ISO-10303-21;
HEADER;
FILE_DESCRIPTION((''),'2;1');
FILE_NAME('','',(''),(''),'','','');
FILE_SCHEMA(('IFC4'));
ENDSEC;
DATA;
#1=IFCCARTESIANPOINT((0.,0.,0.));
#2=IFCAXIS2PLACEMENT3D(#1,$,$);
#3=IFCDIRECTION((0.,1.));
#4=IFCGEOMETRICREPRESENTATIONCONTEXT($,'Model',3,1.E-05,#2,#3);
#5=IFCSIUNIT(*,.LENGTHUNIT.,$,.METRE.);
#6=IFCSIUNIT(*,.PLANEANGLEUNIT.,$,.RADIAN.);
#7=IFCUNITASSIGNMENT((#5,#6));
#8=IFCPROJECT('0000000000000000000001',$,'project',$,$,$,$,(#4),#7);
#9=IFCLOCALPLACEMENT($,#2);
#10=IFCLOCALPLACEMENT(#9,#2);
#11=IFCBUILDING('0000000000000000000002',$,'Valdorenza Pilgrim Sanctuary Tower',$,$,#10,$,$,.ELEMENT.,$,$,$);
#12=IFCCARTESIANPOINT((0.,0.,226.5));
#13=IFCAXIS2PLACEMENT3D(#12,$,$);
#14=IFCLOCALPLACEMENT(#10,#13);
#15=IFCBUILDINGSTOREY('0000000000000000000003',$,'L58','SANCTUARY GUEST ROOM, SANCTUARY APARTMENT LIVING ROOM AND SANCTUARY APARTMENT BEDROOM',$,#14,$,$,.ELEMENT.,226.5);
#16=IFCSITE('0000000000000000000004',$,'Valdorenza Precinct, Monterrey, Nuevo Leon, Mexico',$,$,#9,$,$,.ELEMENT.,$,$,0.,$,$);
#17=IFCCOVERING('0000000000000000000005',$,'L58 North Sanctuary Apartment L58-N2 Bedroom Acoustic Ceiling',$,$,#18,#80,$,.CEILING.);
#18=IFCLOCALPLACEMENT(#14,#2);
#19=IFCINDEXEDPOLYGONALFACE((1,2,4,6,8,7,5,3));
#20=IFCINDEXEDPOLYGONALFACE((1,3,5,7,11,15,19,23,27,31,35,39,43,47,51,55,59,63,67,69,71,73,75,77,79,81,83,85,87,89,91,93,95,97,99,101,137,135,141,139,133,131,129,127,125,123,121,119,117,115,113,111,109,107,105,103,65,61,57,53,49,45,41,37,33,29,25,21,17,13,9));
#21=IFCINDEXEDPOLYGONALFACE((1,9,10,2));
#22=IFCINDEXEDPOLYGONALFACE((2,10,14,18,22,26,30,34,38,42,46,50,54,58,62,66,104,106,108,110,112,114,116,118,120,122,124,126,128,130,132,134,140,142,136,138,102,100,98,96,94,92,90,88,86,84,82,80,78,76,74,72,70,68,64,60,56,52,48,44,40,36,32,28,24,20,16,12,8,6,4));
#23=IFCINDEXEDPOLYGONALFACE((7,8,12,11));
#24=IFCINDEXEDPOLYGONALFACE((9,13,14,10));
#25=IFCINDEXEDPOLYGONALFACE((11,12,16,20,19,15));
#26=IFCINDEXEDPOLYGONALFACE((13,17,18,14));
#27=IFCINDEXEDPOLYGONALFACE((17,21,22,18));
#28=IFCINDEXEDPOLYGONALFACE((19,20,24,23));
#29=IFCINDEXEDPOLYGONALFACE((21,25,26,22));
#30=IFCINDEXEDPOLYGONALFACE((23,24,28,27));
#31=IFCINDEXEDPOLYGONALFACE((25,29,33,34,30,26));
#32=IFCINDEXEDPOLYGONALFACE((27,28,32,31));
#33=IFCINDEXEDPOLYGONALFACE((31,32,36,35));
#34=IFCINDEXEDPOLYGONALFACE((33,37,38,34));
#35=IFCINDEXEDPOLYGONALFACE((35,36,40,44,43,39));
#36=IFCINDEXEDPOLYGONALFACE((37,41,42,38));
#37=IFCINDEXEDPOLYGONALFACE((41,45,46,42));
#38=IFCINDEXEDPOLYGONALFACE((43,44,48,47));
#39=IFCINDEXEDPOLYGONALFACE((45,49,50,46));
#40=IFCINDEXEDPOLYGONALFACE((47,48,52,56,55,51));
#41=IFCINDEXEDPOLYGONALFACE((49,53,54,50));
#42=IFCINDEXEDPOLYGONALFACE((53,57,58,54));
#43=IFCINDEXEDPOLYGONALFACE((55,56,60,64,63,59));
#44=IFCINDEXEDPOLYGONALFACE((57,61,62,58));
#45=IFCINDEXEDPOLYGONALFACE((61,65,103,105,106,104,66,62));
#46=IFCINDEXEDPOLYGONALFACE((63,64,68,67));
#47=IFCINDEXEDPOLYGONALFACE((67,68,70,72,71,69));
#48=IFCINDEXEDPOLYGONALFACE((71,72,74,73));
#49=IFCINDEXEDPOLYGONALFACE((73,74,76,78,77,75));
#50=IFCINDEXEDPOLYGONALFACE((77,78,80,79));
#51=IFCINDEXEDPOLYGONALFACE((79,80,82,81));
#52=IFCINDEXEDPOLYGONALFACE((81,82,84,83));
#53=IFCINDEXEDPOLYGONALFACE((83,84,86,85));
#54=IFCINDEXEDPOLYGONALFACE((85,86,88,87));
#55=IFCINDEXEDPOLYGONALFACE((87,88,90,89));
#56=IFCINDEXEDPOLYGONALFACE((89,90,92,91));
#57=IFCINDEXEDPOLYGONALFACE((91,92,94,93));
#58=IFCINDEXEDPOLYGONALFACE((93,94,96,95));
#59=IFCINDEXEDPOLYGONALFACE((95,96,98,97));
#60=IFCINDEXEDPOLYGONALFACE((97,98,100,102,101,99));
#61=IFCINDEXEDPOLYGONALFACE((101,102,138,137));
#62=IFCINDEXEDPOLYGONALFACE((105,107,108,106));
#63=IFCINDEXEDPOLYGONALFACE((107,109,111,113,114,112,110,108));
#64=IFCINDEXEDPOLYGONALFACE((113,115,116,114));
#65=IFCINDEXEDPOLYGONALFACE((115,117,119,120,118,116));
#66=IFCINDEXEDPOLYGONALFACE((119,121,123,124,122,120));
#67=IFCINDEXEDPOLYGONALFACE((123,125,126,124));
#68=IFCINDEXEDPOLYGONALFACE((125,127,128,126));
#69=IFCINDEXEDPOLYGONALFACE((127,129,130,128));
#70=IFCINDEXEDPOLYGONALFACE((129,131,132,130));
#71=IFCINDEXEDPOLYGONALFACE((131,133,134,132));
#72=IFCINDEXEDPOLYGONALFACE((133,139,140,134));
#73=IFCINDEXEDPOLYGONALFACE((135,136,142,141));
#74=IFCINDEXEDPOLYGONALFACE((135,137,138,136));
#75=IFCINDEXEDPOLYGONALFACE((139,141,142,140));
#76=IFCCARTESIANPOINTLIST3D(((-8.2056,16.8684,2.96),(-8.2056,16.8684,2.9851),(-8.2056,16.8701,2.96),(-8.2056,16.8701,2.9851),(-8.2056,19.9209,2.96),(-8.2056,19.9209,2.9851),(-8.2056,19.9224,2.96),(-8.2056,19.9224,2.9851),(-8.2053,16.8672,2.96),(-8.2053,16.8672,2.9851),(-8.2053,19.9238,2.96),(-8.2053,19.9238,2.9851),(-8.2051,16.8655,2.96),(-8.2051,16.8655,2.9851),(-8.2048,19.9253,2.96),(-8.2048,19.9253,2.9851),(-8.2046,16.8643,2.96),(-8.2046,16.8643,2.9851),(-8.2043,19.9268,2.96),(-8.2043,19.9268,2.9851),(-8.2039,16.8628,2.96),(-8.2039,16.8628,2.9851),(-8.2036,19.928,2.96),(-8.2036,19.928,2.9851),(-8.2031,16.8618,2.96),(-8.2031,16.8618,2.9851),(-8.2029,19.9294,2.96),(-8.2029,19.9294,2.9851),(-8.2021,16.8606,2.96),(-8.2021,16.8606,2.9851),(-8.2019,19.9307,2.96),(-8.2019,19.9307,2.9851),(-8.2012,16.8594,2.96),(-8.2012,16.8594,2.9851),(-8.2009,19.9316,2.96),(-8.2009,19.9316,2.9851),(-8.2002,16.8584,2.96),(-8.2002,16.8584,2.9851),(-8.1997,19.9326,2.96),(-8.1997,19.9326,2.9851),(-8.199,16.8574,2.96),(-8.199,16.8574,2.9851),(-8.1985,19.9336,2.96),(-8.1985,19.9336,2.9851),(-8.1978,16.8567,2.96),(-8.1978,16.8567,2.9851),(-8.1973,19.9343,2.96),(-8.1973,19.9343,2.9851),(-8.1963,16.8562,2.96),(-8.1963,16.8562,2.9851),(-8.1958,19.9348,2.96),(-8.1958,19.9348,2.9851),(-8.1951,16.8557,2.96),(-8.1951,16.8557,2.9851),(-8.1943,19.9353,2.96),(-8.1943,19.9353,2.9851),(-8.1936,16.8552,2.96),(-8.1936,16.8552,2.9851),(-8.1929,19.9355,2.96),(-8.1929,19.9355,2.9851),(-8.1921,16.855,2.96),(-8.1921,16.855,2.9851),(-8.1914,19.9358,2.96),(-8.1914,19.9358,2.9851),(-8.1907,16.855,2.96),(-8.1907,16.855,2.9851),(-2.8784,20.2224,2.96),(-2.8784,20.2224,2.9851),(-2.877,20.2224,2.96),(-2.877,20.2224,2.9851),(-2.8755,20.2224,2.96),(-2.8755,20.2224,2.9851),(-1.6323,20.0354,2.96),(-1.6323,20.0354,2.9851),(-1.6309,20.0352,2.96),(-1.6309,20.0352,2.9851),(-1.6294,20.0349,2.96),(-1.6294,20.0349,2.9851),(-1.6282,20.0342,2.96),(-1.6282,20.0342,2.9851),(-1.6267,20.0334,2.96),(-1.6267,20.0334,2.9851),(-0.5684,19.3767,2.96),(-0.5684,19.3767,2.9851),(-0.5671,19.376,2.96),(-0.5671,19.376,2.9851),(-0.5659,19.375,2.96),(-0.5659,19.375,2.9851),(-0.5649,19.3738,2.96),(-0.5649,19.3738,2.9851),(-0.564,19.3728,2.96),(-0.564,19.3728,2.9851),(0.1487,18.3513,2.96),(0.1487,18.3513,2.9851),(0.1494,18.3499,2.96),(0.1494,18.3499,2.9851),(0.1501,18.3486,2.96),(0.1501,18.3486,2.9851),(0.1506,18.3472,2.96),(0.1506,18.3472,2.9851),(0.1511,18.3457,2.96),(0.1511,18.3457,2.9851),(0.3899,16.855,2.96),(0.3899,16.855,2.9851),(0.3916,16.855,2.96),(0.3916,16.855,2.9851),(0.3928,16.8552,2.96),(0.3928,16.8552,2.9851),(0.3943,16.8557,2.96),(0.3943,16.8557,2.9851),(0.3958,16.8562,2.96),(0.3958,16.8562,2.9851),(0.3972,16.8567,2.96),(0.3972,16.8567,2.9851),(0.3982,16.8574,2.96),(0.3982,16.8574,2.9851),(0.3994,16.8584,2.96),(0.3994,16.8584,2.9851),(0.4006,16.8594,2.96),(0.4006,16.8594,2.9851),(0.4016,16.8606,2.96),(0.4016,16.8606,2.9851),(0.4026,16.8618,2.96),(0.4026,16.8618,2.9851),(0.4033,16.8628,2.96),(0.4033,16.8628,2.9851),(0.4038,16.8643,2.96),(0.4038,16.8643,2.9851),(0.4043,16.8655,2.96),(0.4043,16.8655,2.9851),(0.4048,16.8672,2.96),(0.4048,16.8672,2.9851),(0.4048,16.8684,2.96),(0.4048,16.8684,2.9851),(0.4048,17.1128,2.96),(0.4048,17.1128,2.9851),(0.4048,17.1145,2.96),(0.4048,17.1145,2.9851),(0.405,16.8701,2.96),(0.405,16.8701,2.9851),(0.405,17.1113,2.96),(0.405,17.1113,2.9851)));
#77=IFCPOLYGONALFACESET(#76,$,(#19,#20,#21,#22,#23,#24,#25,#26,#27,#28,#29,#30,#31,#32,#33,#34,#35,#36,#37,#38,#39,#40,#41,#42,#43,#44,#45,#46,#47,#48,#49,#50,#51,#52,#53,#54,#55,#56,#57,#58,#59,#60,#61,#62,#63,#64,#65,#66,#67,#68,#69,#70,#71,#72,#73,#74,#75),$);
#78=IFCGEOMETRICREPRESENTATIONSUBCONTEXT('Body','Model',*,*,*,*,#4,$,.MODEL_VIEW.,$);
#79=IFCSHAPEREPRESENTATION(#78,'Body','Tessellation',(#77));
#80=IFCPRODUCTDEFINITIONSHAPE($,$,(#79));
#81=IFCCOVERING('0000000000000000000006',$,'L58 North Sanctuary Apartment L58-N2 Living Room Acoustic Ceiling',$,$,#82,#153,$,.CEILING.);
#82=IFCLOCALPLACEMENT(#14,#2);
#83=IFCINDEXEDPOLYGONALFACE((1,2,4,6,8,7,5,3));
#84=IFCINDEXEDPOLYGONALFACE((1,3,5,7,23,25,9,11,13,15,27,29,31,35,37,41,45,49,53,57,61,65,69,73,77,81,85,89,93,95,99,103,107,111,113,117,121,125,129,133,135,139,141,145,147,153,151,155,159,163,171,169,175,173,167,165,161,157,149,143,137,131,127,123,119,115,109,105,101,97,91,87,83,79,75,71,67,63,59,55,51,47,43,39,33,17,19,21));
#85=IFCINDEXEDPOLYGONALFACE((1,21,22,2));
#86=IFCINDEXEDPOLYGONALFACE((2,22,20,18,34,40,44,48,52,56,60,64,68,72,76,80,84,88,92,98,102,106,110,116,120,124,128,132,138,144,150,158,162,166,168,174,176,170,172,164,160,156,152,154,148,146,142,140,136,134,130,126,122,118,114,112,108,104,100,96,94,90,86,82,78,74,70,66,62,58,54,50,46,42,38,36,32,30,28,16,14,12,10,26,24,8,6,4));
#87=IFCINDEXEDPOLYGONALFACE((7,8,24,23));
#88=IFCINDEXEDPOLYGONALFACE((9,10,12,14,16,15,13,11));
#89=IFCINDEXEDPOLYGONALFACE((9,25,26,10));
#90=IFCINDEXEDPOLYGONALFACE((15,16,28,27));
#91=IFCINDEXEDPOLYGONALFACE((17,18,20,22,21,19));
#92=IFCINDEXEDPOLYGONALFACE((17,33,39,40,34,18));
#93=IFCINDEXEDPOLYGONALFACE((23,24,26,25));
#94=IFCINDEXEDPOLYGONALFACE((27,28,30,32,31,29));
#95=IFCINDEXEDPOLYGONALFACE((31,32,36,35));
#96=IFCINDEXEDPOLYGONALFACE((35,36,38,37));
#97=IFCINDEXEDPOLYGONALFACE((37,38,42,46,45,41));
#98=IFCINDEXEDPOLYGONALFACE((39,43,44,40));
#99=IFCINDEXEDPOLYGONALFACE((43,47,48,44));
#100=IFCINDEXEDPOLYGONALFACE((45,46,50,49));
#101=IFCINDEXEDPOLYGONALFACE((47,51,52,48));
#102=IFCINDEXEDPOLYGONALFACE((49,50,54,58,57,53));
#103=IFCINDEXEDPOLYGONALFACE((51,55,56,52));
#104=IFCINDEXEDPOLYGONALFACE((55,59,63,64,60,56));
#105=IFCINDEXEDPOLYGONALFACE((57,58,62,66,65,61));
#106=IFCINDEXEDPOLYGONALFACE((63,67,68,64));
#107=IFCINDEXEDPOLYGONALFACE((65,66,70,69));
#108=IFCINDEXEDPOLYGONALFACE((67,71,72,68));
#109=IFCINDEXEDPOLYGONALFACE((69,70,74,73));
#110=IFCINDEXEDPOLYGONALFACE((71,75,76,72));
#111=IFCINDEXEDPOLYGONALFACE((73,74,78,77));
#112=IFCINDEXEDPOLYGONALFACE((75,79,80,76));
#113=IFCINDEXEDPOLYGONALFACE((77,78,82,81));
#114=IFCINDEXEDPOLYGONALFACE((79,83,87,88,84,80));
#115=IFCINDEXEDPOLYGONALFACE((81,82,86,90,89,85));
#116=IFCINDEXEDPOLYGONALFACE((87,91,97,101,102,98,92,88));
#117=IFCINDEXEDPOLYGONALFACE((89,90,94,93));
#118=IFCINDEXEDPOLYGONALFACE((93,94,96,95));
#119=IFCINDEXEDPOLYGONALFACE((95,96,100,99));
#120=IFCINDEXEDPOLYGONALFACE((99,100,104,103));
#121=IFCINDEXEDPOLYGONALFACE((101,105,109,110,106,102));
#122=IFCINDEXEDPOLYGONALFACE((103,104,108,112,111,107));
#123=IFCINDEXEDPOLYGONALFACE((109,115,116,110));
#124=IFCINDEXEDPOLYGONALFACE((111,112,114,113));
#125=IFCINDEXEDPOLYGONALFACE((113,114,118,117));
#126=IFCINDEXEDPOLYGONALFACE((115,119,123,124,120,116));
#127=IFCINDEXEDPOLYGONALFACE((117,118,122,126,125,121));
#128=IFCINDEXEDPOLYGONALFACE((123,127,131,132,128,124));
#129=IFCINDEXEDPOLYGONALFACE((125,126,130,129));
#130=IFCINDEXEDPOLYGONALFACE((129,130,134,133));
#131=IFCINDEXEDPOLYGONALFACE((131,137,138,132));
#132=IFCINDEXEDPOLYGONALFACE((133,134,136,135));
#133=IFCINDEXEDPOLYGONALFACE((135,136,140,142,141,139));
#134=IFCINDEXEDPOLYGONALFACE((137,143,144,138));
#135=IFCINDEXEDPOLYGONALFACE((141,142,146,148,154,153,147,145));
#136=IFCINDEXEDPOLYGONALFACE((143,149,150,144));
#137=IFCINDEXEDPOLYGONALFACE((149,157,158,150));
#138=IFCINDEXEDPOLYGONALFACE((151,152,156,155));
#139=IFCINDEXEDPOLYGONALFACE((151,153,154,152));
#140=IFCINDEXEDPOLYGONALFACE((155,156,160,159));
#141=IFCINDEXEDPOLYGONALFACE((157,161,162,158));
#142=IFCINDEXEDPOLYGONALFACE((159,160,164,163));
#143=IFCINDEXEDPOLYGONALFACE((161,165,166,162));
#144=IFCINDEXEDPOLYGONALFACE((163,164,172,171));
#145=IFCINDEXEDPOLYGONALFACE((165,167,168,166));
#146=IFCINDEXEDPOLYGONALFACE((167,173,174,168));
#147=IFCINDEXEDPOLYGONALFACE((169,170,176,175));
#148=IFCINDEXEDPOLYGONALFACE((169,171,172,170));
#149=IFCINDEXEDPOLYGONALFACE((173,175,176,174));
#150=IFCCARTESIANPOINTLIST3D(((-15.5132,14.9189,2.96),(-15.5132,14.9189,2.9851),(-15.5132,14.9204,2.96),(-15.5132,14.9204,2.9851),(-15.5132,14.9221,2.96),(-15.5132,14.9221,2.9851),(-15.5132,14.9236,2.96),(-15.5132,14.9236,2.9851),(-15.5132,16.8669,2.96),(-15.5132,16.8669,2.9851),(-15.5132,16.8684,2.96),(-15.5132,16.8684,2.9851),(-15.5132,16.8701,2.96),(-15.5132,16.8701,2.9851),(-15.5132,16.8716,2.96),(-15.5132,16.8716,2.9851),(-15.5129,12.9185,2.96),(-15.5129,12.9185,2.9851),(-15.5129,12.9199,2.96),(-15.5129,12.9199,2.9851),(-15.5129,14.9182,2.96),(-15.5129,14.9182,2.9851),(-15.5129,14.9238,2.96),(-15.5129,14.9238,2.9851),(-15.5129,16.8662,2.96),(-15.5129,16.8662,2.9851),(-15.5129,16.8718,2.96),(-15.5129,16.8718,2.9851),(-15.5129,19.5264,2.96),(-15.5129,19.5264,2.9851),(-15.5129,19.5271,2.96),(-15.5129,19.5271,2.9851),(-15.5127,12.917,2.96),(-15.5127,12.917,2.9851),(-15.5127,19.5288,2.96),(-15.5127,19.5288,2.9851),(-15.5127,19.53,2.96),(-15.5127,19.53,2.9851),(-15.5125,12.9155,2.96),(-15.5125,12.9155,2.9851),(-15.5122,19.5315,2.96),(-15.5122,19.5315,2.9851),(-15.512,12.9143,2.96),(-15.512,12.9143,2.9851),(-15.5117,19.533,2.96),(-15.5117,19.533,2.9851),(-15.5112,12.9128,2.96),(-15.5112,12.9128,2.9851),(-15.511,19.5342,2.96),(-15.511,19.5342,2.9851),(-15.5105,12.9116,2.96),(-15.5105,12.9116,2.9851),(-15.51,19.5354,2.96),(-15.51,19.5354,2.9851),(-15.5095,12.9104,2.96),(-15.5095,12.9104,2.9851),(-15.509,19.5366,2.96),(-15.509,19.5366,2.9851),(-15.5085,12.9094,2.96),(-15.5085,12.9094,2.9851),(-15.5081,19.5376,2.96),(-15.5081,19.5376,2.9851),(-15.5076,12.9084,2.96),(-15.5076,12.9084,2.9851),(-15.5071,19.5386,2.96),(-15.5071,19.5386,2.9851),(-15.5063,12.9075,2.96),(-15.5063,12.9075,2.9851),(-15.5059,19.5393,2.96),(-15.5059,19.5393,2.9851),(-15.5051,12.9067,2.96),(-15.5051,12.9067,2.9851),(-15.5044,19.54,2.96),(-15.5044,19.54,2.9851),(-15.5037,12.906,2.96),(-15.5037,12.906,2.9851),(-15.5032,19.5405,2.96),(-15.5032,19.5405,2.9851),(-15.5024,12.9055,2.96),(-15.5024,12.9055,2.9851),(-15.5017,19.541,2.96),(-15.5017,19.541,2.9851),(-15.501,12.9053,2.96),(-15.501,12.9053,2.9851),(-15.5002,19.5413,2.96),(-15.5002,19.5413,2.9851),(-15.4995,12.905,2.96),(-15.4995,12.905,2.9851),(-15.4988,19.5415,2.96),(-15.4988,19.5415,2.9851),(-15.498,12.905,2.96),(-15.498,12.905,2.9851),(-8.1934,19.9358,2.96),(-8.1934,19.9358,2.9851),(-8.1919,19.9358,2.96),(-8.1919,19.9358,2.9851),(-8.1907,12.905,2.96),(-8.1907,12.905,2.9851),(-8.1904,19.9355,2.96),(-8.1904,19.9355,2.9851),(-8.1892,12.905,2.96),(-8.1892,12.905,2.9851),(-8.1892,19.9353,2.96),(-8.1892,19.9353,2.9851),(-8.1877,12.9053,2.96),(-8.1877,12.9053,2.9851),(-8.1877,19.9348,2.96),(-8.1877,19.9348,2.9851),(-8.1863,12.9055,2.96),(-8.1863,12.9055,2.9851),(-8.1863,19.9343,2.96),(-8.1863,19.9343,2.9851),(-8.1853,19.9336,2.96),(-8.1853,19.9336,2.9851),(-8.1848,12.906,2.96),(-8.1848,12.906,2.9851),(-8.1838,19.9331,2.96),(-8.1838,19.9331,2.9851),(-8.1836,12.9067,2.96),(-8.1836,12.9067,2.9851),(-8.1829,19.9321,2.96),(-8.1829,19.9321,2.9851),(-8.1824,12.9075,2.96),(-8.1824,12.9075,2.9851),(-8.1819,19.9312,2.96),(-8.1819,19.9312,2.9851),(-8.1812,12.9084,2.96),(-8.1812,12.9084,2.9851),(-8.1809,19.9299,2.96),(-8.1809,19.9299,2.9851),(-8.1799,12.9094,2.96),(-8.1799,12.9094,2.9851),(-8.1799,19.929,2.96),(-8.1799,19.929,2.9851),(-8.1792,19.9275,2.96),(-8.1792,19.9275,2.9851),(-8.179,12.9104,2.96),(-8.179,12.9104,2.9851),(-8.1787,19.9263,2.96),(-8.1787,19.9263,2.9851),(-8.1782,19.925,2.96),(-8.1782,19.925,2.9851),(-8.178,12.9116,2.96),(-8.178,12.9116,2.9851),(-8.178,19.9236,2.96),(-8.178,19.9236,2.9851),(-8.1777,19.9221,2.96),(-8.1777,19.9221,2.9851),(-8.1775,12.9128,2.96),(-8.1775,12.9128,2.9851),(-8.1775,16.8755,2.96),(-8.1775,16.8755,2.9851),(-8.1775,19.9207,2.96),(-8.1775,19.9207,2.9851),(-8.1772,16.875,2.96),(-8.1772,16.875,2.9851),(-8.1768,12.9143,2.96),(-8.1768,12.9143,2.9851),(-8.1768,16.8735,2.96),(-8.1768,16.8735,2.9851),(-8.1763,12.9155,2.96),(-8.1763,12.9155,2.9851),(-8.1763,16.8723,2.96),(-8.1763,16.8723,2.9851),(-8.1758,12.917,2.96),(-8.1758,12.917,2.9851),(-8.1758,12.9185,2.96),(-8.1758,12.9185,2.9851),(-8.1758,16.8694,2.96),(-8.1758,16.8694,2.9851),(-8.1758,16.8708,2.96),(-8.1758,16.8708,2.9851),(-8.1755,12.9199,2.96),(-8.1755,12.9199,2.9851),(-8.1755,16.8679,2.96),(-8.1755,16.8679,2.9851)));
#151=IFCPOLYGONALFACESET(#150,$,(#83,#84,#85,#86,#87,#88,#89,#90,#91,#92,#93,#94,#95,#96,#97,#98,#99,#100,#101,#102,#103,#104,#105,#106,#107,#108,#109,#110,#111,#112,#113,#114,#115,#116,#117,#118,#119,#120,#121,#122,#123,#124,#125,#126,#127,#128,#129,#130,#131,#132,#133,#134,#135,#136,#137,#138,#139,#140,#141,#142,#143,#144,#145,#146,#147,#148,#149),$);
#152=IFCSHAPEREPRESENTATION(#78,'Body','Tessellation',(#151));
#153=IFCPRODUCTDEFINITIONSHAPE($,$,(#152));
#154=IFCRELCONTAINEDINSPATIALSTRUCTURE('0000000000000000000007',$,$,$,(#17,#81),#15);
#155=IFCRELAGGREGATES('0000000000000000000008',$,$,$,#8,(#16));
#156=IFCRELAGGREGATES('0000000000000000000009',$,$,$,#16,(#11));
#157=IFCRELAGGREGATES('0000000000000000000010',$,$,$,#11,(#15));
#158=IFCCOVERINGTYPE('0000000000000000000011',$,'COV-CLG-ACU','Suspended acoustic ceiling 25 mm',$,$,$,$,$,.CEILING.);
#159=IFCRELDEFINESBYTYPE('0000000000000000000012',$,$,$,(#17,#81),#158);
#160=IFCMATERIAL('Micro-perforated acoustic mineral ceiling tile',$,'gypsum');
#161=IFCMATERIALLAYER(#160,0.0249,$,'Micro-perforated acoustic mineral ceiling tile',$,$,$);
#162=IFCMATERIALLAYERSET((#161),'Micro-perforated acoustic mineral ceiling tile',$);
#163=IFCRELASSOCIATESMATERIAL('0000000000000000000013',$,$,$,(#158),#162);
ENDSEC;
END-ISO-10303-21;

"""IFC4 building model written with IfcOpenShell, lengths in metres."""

from ifc_helpers import new_model, si_unit, direction, frame, origin, place, context, subcontext, project, spatial, polyline, outline, extrude, material, layer, layer_set, type_object, element, save


model = new_model("IFC4")

# Units and contexts
model_context = context("Model", 3, precision=1e-05, world=origin(), true_north=direction((0.0, 1.0)))
body_context = subcontext(model_context, "Body", "Model", "MODEL_VIEW")
ifc_project = project(units=[si_unit("LENGTHUNIT", "METRE"), si_unit("PLANEANGLEUNIT", "RADIAN")], contexts=[model_context])

# Site, building, storey
site_placement = place(None, origin())
site = spatial("IfcSite", under=ifc_project, at=site_placement, Name="Valdorenza Precinct, Monterrey, Nuevo Leon, Mexico", CompositionType="ELEMENT", RefElevation=0.0)
building_placement = place(site_placement, origin())
building = spatial("IfcBuilding", under=site, at=building_placement, Name="Valdorenza Pilgrim Sanctuary Tower", CompositionType="ELEMENT")
storey_placement = place(building_placement, frame((0.0, 0.0, 226.5)))
storey = spatial("IfcBuildingStorey", under=building, at=storey_placement, Name="L58", Description="SANCTUARY GUEST ROOM, SANCTUARY APARTMENT LIVING ROOM AND SANCTUARY APARTMENT BEDROOM", CompositionType="ELEMENT", Elevation=226.5)

# Coverings
ifc_material_1 = material(Name="Micro-perforated acoustic mineral ceiling tile", Category="gypsum")
ifc_layer_1 = layer(ifc_material_1, 0.0249, Name="Micro-perforated acoustic mineral ceiling tile")
ifc_layer_set_1 = layer_set([ifc_layer_1], Name="Micro-perforated acoustic mineral ceiling tile")
covering_type_1 = type_object("IfcCoveringType", Name="COV-CLG-ACU", Description="Suspended acoustic ceiling 25 mm", PredefinedType="CEILING", material=ifc_layer_set_1)
covering_1_placement = place(storey_placement, frame((0.0, 0.0, 2.96)))
element("IfcCovering", 1, at=covering_1_placement, inside=storey, type_object=covering_type_1, Name="L58 North Sanctuary Apartment L58-N2 Bedroom Acoustic Ceiling", PredefinedType="CEILING", context=body_context, shape_type="SweptSolid", body=[
    extrude(outline(polyline([(-8.2056, 19.9209), (-8.2056, 19.9224), (-8.2053, 19.9238), (-8.2048, 19.9253), (-8.2043, 19.9268), (-8.2036, 19.928), (-8.2029, 19.9294), (-8.2019, 19.9307), (-8.2009, 19.9316), (-8.1997, 19.9326), (-8.1985, 19.9336), (-8.1973, 19.9343), (-8.1958, 19.9348), (-8.1943, 19.9353), (-8.1929, 19.9355), (-8.1914, 19.9358), (-2.8784, 20.2224), (-2.877, 20.2224), (-2.8755, 20.2224), (-1.6323, 20.0354), (-1.6309, 20.0352), (-1.6294, 20.0349), (-1.6282, 20.0342), (-1.6267, 20.0334), (-0.5684, 19.3767), (-0.5671, 19.376), (-0.5659, 19.375), (-0.5649, 19.3738), (-0.564, 19.3728), (0.1487, 18.3513), (0.1494, 18.3499), (0.1501, 18.3486), (0.1506, 18.3472), (0.1511, 18.3457), (0.4048, 17.1145), (0.4048, 17.1128), (0.405, 17.1113), (0.405, 16.8701), (0.4048, 16.8684), (0.4048, 16.8672), (0.4043, 16.8655), (0.4038, 16.8643), (0.4033, 16.8628), (0.4026, 16.8618), (0.4016, 16.8606), (0.4006, 16.8594), (0.3994, 16.8584), (0.3982, 16.8574), (0.3972, 16.8567), (0.3958, 16.8562), (0.3943, 16.8557), (0.3928, 16.8552), (0.3916, 16.855), (0.3899, 16.855), (-8.1907, 16.855), (-8.1921, 16.855), (-8.1936, 16.8552), (-8.1951, 16.8557), (-8.1963, 16.8562), (-8.1978, 16.8567), (-8.199, 16.8574), (-8.2002, 16.8584), (-8.2012, 16.8594), (-8.2021, 16.8606), (-8.2031, 16.8618), (-8.2039, 16.8628), (-8.2046, 16.8643), (-8.2051, 16.8655), (-8.2053, 16.8672), (-8.2056, 16.8684), (-8.2056, 16.8701), (-8.2056, 19.9209)])), origin(), (0.0, 0.0, 1.0), 0.0251),
])
covering_2_placement = place(storey_placement, frame((0.0, 0.0, 2.96)))
element("IfcCovering", 2, at=covering_2_placement, inside=storey, type_object=covering_type_1, Name="L58 North Sanctuary Apartment L58-N2 Living Room Acoustic Ceiling", PredefinedType="CEILING", context=body_context, shape_type="SweptSolid", body=[
    extrude(outline(polyline([(-15.5129, 14.9182), (-15.5132, 14.9189), (-15.5132, 14.9204), (-15.5132, 14.9221), (-15.5132, 14.9236), (-15.5129, 14.9238), (-15.5129, 16.8662), (-15.5132, 16.8669), (-15.5132, 16.8684), (-15.5132, 16.8701), (-15.5132, 16.8716), (-15.5129, 16.8718), (-15.5129, 19.5264), (-15.5129, 19.5264), (-15.5129, 19.5271), (-15.5127, 19.5288), (-15.5127, 19.53), (-15.5122, 19.5315), (-15.5117, 19.533), (-15.511, 19.5342), (-15.51, 19.5354), (-15.509, 19.5366), (-15.5081, 19.5376), (-15.5071, 19.5386), (-15.5059, 19.5393), (-15.5044, 19.54), (-15.5032, 19.5405), (-15.5017, 19.541), (-15.5002, 19.5413), (-15.4988, 19.5415), (-8.1934, 19.9358), (-8.1919, 19.9358), (-8.1904, 19.9355), (-8.1892, 19.9353), (-8.1877, 19.9348), (-8.1863, 19.9343), (-8.1853, 19.9336), (-8.1838, 19.9331), (-8.1829, 19.9321), (-8.1819, 19.9312), (-8.1809, 19.9299), (-8.1799, 19.929), (-8.1792, 19.9275), (-8.1787, 19.9263), (-8.1782, 19.925), (-8.178, 19.9236), (-8.1777, 19.9221), (-8.1775, 19.9207), (-8.1775, 16.8755), (-8.1772, 16.875), (-8.1768, 16.8735), (-8.1763, 16.8723), (-8.1758, 16.8708), (-8.1758, 16.8694), (-8.1755, 16.8679), (-8.1755, 12.9199), (-8.1758, 12.9185), (-8.1758, 12.917), (-8.1763, 12.9155), (-8.1768, 12.9143), (-8.1775, 12.9128), (-8.178, 12.9116), (-8.179, 12.9104), (-8.1799, 12.9094), (-8.1812, 12.9084), (-8.1824, 12.9075), (-8.1836, 12.9067), (-8.1848, 12.906), (-8.1863, 12.9055), (-8.1877, 12.9053), (-8.1892, 12.905), (-8.1907, 12.905), (-15.498, 12.905), (-15.4995, 12.905), (-15.501, 12.9053), (-15.5024, 12.9055), (-15.5037, 12.906), (-15.5051, 12.9067), (-15.5063, 12.9075), (-15.5076, 12.9084), (-15.5085, 12.9094), (-15.5095, 12.9104), (-15.5105, 12.9116), (-15.5112, 12.9128), (-15.512, 12.9143), (-15.5125, 12.9155), (-15.5127, 12.917), (-15.5129, 12.9185), (-15.5129, 12.9199), (-15.5129, 14.9182)])), origin(), (0.0, 0.0, 1.0), 0.0251),
])

save(model, "model.ifc")
